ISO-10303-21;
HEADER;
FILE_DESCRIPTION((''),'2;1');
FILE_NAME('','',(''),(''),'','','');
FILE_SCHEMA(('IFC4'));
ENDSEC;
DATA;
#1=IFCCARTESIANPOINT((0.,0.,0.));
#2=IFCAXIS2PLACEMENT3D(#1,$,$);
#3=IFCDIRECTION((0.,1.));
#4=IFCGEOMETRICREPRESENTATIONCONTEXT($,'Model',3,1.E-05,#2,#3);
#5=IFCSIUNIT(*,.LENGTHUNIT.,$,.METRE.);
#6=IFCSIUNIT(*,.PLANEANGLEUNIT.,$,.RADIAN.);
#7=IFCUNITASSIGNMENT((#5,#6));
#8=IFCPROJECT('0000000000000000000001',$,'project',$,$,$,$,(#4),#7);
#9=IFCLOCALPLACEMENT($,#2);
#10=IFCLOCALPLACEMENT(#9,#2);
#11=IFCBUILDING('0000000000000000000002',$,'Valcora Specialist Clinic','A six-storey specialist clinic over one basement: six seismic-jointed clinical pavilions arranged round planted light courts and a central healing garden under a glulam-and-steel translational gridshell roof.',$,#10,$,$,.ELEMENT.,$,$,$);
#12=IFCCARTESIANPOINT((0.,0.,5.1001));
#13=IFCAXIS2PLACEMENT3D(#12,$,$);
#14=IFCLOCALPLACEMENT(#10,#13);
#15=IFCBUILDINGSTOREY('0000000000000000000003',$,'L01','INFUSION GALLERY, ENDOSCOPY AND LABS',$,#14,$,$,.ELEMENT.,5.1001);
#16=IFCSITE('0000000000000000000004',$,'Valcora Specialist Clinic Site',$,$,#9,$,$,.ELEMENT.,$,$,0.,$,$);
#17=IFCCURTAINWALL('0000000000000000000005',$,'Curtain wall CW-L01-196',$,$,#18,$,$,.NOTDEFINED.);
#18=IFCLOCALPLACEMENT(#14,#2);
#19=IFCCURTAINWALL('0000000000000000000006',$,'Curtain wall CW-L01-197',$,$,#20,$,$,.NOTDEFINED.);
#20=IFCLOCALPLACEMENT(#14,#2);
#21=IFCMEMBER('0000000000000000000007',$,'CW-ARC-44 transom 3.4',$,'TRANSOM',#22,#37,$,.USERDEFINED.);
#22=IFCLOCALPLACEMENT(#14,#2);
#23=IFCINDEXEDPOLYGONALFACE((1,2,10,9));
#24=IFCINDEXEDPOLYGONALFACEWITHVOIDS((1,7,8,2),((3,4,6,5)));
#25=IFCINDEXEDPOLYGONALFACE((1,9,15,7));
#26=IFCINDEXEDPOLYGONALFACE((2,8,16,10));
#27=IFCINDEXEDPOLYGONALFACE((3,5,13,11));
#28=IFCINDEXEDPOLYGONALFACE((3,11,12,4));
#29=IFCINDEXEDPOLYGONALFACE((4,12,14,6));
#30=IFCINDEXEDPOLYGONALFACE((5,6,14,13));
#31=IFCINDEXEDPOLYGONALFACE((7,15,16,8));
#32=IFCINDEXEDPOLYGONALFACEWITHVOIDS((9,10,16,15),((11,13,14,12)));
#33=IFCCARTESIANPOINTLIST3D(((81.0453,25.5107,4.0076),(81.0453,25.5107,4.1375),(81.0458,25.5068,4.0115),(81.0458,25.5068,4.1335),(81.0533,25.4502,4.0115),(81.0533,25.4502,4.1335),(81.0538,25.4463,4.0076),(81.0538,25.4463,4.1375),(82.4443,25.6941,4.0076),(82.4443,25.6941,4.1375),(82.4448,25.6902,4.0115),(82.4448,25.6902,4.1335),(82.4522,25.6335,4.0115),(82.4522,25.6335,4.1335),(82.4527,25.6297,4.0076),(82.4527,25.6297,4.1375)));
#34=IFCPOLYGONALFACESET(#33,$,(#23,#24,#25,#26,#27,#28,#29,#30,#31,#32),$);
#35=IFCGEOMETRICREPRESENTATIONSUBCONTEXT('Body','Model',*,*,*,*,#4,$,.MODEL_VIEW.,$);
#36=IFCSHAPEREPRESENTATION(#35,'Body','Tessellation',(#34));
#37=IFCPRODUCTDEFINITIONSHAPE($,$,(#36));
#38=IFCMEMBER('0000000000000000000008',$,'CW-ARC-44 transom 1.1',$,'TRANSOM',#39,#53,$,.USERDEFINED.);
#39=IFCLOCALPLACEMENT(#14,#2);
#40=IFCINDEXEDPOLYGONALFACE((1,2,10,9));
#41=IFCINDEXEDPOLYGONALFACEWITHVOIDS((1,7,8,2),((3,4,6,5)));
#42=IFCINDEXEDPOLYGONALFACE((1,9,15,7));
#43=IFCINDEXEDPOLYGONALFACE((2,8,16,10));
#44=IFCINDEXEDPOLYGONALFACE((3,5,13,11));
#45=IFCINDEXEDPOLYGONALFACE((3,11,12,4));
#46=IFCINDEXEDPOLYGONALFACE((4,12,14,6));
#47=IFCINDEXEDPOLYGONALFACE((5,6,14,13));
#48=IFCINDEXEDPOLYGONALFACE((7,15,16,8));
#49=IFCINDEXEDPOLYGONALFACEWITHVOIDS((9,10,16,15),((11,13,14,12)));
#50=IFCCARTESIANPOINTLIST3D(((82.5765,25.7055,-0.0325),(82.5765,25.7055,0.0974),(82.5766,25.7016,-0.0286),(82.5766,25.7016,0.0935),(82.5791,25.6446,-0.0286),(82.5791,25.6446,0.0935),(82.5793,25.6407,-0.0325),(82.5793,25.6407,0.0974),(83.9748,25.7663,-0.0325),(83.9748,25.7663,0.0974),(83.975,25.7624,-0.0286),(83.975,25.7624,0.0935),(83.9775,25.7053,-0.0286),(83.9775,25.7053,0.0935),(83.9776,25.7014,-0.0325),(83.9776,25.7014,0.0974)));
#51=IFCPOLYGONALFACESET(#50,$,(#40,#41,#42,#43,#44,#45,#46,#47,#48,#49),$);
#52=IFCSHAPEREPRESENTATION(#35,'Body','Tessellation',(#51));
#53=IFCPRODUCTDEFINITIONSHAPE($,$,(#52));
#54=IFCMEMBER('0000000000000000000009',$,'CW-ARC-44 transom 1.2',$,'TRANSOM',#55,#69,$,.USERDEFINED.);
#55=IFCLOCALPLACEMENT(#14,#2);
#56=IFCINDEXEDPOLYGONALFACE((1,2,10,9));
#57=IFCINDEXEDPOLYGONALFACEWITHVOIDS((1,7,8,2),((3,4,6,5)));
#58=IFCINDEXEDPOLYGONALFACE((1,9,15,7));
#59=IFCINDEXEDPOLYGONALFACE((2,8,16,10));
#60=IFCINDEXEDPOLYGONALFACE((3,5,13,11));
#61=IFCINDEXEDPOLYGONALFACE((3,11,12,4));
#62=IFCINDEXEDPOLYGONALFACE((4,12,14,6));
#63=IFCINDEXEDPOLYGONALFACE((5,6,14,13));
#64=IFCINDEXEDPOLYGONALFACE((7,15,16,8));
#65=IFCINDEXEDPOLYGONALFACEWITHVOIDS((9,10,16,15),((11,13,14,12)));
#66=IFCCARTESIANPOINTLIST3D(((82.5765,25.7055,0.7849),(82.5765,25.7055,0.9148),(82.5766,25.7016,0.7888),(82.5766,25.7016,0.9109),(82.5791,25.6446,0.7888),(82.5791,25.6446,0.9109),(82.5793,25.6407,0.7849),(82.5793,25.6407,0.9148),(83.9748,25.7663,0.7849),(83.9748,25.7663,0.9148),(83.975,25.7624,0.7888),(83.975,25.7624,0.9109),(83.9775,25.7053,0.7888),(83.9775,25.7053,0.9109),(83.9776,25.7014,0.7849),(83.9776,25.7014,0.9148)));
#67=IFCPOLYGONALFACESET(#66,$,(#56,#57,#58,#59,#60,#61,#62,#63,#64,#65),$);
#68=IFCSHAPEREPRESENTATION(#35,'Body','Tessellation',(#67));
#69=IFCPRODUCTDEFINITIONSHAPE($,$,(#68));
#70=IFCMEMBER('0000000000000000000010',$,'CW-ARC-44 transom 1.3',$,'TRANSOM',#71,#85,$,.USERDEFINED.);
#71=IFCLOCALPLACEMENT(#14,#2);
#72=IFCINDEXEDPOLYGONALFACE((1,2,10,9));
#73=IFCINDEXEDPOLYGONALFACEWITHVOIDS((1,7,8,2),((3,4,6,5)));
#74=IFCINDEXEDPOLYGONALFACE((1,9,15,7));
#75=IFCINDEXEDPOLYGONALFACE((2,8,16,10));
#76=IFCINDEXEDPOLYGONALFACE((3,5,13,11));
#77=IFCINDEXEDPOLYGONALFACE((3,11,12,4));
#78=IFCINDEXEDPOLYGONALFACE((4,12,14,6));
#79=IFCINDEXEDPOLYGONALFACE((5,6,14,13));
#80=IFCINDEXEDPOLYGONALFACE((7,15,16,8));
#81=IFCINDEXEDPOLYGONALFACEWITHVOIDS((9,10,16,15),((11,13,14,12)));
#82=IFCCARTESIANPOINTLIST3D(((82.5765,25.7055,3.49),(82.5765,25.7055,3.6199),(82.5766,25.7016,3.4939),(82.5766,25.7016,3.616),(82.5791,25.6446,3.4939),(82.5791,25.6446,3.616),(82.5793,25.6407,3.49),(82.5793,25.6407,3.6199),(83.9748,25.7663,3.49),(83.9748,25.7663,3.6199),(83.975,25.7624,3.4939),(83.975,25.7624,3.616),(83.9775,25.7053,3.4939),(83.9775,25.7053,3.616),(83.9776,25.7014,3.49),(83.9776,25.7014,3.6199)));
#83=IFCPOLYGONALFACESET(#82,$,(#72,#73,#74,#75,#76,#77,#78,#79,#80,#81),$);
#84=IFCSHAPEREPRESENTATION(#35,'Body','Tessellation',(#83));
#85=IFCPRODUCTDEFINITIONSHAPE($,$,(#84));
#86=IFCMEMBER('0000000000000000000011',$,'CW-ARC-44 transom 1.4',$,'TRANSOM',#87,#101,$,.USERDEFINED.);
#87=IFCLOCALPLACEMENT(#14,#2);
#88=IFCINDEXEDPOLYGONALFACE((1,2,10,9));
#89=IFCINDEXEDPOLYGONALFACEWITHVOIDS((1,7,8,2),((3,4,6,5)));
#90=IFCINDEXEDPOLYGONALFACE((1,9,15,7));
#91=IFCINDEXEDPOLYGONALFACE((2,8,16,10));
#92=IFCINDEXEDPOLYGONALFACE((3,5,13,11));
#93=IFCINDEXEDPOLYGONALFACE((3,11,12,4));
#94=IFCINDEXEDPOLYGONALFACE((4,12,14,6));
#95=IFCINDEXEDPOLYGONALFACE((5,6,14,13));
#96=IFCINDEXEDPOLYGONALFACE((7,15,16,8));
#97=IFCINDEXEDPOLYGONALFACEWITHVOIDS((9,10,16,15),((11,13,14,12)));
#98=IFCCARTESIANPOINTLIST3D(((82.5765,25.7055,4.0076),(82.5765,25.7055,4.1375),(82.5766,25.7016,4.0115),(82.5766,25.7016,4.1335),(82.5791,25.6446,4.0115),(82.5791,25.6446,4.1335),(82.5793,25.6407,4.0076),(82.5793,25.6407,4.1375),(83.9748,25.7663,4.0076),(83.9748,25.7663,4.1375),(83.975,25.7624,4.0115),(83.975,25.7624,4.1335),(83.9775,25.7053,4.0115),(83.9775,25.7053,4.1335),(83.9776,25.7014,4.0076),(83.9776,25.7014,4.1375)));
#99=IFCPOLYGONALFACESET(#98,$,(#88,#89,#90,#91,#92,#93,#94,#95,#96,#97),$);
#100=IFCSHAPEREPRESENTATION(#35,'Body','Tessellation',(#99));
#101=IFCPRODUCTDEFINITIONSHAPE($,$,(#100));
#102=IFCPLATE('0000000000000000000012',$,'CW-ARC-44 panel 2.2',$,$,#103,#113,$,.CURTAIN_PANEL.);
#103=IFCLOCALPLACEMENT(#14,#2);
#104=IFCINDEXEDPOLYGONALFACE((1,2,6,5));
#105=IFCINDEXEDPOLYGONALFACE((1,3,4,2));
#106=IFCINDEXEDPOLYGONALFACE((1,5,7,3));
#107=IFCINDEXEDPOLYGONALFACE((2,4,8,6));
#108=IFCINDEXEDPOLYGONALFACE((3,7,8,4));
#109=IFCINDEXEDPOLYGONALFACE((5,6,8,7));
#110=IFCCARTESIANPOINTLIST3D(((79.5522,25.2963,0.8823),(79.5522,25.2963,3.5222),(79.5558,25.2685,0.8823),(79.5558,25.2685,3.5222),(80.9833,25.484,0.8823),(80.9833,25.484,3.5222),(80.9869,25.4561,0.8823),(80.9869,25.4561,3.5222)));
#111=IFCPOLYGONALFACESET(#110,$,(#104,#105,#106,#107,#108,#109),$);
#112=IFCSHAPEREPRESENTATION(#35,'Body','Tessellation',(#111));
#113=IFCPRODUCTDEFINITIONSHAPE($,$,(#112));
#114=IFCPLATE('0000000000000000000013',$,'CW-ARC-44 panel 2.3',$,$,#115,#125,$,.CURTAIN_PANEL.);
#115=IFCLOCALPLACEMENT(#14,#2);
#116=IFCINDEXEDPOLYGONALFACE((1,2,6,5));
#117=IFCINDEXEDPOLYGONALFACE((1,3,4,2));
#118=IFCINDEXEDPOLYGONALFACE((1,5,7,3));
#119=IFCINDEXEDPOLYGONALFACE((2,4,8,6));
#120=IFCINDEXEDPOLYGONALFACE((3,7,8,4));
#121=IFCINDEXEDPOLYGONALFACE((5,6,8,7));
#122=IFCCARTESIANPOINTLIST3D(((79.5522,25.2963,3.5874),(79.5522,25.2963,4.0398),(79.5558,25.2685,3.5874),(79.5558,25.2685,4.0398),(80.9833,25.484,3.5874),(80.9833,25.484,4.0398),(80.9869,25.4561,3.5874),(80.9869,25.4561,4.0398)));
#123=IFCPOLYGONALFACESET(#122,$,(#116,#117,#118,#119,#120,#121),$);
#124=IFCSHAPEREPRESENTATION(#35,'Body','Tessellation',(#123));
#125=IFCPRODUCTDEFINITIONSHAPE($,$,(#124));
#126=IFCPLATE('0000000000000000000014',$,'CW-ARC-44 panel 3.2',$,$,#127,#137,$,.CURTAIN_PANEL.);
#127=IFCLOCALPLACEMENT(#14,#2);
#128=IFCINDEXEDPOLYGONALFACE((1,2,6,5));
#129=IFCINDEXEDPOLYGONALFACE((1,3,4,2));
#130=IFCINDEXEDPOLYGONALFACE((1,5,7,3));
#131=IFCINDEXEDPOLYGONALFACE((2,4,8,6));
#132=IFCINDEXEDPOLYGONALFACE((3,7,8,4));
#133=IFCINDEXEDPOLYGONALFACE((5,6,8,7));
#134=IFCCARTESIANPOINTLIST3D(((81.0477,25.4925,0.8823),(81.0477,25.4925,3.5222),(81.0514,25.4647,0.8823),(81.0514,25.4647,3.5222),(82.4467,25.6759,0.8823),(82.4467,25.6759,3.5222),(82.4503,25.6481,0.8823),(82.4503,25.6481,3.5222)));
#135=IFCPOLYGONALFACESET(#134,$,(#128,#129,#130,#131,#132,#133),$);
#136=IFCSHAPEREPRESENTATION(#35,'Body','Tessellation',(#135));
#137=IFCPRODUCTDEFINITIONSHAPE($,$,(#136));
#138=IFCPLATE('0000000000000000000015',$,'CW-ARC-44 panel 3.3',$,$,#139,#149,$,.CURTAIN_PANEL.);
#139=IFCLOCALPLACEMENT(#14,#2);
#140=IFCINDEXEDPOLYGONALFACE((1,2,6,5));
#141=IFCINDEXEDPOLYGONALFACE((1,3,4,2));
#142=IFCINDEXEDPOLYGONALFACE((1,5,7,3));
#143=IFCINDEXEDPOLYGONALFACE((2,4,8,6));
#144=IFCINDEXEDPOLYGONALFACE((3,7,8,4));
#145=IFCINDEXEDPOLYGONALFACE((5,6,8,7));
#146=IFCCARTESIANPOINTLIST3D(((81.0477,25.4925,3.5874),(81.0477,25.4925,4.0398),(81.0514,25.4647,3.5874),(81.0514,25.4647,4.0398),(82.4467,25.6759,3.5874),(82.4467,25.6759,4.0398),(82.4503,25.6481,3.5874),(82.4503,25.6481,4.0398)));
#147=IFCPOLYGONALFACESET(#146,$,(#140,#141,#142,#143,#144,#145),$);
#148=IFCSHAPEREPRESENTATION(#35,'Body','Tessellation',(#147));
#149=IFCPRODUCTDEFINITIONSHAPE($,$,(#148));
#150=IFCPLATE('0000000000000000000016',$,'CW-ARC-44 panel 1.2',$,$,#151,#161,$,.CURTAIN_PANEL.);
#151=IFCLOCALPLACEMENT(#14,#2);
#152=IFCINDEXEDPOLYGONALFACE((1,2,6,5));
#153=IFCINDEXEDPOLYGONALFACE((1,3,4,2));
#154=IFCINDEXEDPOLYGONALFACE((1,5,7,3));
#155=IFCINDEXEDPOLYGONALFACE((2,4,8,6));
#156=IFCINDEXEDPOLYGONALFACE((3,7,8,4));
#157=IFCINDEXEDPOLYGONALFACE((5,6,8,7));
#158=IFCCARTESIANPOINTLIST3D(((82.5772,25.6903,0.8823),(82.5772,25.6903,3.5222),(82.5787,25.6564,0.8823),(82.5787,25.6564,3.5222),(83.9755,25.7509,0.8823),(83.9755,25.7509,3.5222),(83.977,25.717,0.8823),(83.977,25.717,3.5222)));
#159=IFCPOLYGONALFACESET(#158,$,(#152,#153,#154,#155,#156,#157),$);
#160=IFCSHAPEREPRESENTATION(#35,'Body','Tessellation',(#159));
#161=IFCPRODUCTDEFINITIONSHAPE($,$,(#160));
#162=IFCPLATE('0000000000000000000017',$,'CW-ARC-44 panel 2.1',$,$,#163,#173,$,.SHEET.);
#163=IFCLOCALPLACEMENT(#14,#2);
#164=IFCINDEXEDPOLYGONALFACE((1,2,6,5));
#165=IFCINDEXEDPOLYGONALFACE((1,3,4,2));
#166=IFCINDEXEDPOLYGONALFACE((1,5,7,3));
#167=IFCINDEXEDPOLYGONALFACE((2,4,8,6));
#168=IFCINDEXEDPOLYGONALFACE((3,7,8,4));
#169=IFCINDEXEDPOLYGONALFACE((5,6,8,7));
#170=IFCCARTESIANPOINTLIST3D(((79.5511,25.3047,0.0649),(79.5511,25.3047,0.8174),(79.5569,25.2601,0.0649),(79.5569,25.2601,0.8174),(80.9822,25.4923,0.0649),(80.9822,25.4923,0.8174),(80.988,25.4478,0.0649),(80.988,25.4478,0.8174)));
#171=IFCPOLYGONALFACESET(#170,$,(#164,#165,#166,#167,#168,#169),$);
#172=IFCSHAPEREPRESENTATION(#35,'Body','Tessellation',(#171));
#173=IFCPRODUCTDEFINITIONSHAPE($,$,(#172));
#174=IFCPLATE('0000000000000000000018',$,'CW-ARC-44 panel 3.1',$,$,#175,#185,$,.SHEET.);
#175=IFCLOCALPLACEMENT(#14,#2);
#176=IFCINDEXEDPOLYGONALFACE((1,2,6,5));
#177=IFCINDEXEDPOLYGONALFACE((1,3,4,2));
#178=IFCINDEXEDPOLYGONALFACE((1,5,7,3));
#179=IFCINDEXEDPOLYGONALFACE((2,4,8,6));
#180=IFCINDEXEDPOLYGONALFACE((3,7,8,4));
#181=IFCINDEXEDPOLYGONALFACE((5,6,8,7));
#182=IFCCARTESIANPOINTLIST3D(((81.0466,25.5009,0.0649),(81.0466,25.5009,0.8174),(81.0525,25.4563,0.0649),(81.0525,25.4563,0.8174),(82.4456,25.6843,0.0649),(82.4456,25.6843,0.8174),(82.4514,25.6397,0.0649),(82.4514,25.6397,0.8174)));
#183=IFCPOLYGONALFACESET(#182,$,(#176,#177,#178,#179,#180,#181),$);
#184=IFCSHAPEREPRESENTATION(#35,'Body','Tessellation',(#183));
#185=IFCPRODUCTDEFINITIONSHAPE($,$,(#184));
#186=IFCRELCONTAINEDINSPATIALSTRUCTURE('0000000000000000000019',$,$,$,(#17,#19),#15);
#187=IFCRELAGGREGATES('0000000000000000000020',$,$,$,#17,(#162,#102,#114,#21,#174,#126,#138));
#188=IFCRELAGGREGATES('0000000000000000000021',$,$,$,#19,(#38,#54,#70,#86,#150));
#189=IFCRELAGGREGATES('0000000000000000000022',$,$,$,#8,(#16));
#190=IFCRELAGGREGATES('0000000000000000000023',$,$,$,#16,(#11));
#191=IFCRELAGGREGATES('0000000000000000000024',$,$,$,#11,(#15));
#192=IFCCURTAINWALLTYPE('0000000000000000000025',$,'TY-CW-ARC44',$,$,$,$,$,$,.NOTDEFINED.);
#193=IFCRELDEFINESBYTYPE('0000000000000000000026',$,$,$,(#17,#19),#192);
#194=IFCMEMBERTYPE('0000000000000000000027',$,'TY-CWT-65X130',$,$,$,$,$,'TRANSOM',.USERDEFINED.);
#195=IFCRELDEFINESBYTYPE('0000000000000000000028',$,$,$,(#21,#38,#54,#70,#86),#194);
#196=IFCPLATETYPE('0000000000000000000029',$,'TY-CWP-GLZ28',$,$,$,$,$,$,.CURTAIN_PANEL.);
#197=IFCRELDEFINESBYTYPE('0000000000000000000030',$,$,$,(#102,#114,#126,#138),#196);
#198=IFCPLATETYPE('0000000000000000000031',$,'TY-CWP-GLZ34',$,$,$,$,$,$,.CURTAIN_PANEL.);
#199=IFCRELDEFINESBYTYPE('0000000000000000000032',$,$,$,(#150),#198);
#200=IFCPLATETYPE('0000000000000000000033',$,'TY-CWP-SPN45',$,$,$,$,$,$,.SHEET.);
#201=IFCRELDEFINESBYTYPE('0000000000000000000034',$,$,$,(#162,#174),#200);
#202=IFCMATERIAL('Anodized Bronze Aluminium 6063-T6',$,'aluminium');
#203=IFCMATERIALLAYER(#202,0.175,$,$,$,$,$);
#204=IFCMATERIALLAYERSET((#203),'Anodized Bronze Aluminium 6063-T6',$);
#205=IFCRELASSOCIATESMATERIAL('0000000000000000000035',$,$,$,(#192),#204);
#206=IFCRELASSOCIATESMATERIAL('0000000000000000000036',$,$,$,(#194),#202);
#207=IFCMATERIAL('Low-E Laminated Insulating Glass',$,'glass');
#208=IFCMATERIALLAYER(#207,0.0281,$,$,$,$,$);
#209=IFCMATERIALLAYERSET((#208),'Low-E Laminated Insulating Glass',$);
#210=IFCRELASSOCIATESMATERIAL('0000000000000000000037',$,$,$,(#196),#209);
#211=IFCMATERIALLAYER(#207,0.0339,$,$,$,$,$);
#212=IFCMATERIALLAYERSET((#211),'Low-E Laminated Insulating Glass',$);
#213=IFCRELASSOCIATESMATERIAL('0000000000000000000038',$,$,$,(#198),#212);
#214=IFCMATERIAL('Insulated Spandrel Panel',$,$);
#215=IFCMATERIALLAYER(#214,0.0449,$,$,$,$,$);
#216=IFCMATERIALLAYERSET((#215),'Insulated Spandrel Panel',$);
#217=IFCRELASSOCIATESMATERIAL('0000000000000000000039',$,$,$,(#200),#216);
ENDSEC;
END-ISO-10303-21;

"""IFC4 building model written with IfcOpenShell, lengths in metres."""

from ifc_helpers import new_model, si_unit, direction, frame, origin, origin_2d, place, context, subcontext, project, spatial, rectangle, hollow_rectangle, extrude, material, layer, layer_set, material_profile, profile_set, type_object, element, aggregate, save


model = new_model("IFC4")

# Units and contexts
model_context = context("Model", 3, precision=1e-05, world=origin(), true_north=direction((0.0, 1.0)))
body_context = subcontext(model_context, "Body", "Model", "MODEL_VIEW")
ifc_project = project(units=[si_unit("LENGTHUNIT", "METRE"), si_unit("PLANEANGLEUNIT", "RADIAN")], contexts=[model_context])

# Site, building, storey
site_placement = place(None, origin())
site = spatial("IfcSite", under=ifc_project, at=site_placement, Name="Valcora Specialist Clinic Site", CompositionType="ELEMENT", RefElevation=0.0)
building_placement = place(site_placement, origin())
building = spatial("IfcBuilding", under=site, at=building_placement, Name="Valcora Specialist Clinic", Description="A six-storey specialist clinic over one basement: six seismic-jointed clinical pavilions arranged round planted light courts and a central healing garden under a glulam-and-steel translational gridshell roof.", CompositionType="ELEMENT")
storey_placement = place(building_placement, frame((0.0, 0.0, 5.1001)))
storey = spatial("IfcBuildingStorey", under=building, at=storey_placement, Name="L01", Description="INFUSION GALLERY, ENDOSCOPY AND LABS", CompositionType="ELEMENT", Elevation=5.1001)

# Curtain wall
ifc_material_1 = material(Name="Anodized Bronze Aluminium 6063-T6", Category="aluminium")
ifc_layer_1 = layer(ifc_material_1, 0.175)
ifc_layer_set_1 = layer_set([ifc_layer_1], Name="Anodized Bronze Aluminium 6063-T6")
curtain_wall_type = type_object("IfcCurtainWallType", Name="TY-CW-ARC44", PredefinedType="NOTDEFINED", material=ifc_layer_set_1)
curtain_wall_1_placement = place(storey_placement, origin())
curtain_wall_1 = element("IfcCurtainWall", 1, at=curtain_wall_1_placement, inside=storey, type_object=curtain_wall_type, Name="Curtain wall CW-L01-196", PredefinedType="NOTDEFINED")

# Curtain wall
curtain_wall_2_placement = place(storey_placement, origin())
curtain_wall_2 = element("IfcCurtainWall", 2, at=curtain_wall_2_placement, inside=storey, type_object=curtain_wall_type, Name="Curtain wall CW-L01-197", PredefinedType="NOTDEFINED")

# Members
ifc_material_profile_1 = material_profile(ifc_material_1, hollow_rectangle(XDim=0.0649, YDim=0.1299, WallThickness=0.0039, at=origin_2d()), Name="AL-TRN-65X130")
ifc_profile_set_1 = profile_set([ifc_material_profile_1], Name="Anodized Bronze Aluminium 6063-T6")
member_type_1 = type_object("IfcMemberType", Name="TY-CWT-65X130", ElementType="TRANSOM", PredefinedType="USERDEFINED", material=ifc_profile_set_1)
member_1_placement = place(storey_placement, frame((81.0496, 25.4785, 4.0725), z_axis=(0.99152, 0.129953, 0.0), x_axis=(-0.129953, 0.99152, 0.0)))
member_1 = element("IfcMember", 3, at=member_1_placement, type_object=member_type_1, Name="CW-ARC-44 transom 3.4", ObjectType="TRANSOM", PredefinedType="USERDEFINED", context=body_context, shape_type="SweptSolid", body=[
    extrude(hollow_rectangle(XDim=0.0649, YDim=0.1299, WallThickness=0.0039, at=origin_2d()), origin(), (0.0, 0.0, 1.0), 1.4109),
])
member_2_placement = place(storey_placement, frame((82.5779, 25.6731, 0.0325), z_axis=(0.999056, 0.04343, 0.0), x_axis=(-0.04343, 0.999056, 0.0)))
member_2 = element("IfcMember", 4, at=member_2_placement, type_object=member_type_1, Name="CW-ARC-44 transom 1.1", ObjectType="TRANSOM", PredefinedType="USERDEFINED", context=body_context, shape_type="SweptSolid", body=[
    extrude(hollow_rectangle(XDim=0.0649, YDim=0.1299, WallThickness=0.0039, at=origin_2d()), origin(), (0.0, 0.0, 1.0), 1.3997),
])
member_3_placement = place(storey_placement, frame((82.5779, 25.6731, 0.8499), z_axis=(0.999056, 0.04343, 0.0), x_axis=(-0.04343, 0.999056, 0.0)))
member_3 = element("IfcMember", 5, at=member_3_placement, type_object=member_type_1, Name="CW-ARC-44 transom 1.2", ObjectType="TRANSOM", PredefinedType="USERDEFINED", context=body_context, shape_type="SweptSolid", body=[
    extrude(hollow_rectangle(XDim=0.0649, YDim=0.1299, WallThickness=0.0039, at=origin_2d()), origin(), (0.0, 0.0, 1.0), 1.3997),
])
member_4_placement = place(storey_placement, frame((82.5779, 25.6731, 3.5549), z_axis=(0.999056, 0.04343, 0.0), x_axis=(-0.04343, 0.999056, 0.0)))
member_4 = element("IfcMember", 6, at=member_4_placement, type_object=member_type_1, Name="CW-ARC-44 transom 1.3", ObjectType="TRANSOM", PredefinedType="USERDEFINED", context=body_context, shape_type="SweptSolid", body=[
    extrude(hollow_rectangle(XDim=0.0649, YDim=0.1299, WallThickness=0.0039, at=origin_2d()), origin(), (0.0, 0.0, 1.0), 1.3997),
])
member_5_placement = place(storey_placement, frame((82.5779, 25.6731, 4.0725), z_axis=(0.999056, 0.04343, 0.0), x_axis=(-0.04343, 0.999056, 0.0)))
member_5 = element("IfcMember", 7, at=member_5_placement, type_object=member_type_1, Name="CW-ARC-44 transom 1.4", ObjectType="TRANSOM", PredefinedType="USERDEFINED", context=body_context, shape_type="SweptSolid", body=[
    extrude(hollow_rectangle(XDim=0.0649, YDim=0.1299, WallThickness=0.0039, at=origin_2d()), origin(), (0.0, 0.0, 1.0), 1.3997),
])

# Plates
ifc_material_2 = material(Name="Low-E Laminated Insulating Glass", Category="glass")
ifc_layer_2 = layer(ifc_material_2, 0.0281)
ifc_layer_set_2 = layer_set([ifc_layer_2], Name="Low-E Laminated Insulating Glass")
plate_type_1 = type_object("IfcPlateType", Name="TY-CWP-GLZ28", PredefinedType="CURTAIN_PANEL", material=ifc_layer_set_2)
plate_1_placement = place(storey_placement, frame((80.2695, 25.3762, 0.8823), z_axis=(0.0, 0.0, 1.0), x_axis=(0.991514, 0.129999, 0.0)))
plate_1 = element("IfcPlate", 8, at=plate_1_placement, type_object=plate_type_1, Name="CW-ARC-44 panel 2.2", PredefinedType="CURTAIN_PANEL", context=body_context, shape_type="SweptSolid", body=[
    extrude(rectangle(XDim=1.4434, YDim=0.0281, at=origin_2d()), origin(), (0.0, 0.0, 1.0), 2.6399),
])
plate_2_placement = place(storey_placement, frame((80.2695, 25.3762, 3.5874), z_axis=(0.0, 0.0, 1.0), x_axis=(0.991514, 0.129999, 0.0)))
plate_2 = element("IfcPlate", 9, at=plate_2_placement, type_object=plate_type_1, Name="CW-ARC-44 panel 2.3", PredefinedType="CURTAIN_PANEL", context=body_context, shape_type="SweptSolid", body=[
    extrude(rectangle(XDim=1.4434, YDim=0.0281, at=origin_2d()), origin(), (0.0, 0.0, 1.0), 0.4524),
])
plate_3_placement = place(storey_placement, frame((81.749, 25.5703, 0.8823), z_axis=(0.0, 0.0, 1.0), x_axis=(0.991514, 0.129999, 0.0)))
plate_3 = element("IfcPlate", 10, at=plate_3_placement, type_object=plate_type_1, Name="CW-ARC-44 panel 3.2", PredefinedType="CURTAIN_PANEL", context=body_context, shape_type="SweptSolid", body=[
    extrude(rectangle(XDim=1.4109, YDim=0.0281, at=origin_2d()), origin(), (0.0, 0.0, 1.0), 2.6399),
])
plate_4_placement = place(storey_placement, frame((81.749, 25.5703, 3.5874), z_axis=(0.0, 0.0, 1.0), x_axis=(0.991514, 0.129999, 0.0)))
plate_4 = element("IfcPlate", 11, at=plate_4_placement, type_object=plate_type_1, Name="CW-ARC-44 panel 3.3", PredefinedType="CURTAIN_PANEL", context=body_context, shape_type="SweptSolid", body=[
    extrude(rectangle(XDim=1.4109, YDim=0.0281, at=origin_2d()), origin(), (0.0, 0.0, 1.0), 0.4524),
])
ifc_layer_3 = layer(ifc_material_2, 0.0339)
ifc_layer_set_3 = layer_set([ifc_layer_3], Name="Low-E Laminated Insulating Glass")
plate_type_2 = type_object("IfcPlateType", Name="TY-CWP-GLZ34", PredefinedType="CURTAIN_PANEL", material=ifc_layer_set_3)
plate_5_placement = place(storey_placement, frame((83.2771, 25.7036, 0.8823), z_axis=(0.0, 0.0, 1.0), x_axis=(0.999062, 0.043307, 0.0)))
plate_5 = element("IfcPlate", 12, at=plate_5_placement, type_object=plate_type_2, Name="CW-ARC-44 panel 1.2", PredefinedType="CURTAIN_PANEL", context=body_context, shape_type="SweptSolid", body=[
    extrude(rectangle(XDim=1.3997, YDim=0.0339, at=origin_2d()), origin(), (0.0, 0.0, 1.0), 2.6399),
])
ifc_material_3 = material(Name="Insulated Spandrel Panel")
ifc_layer_4 = layer(ifc_material_3, 0.0449)
ifc_layer_set_4 = layer_set([ifc_layer_4], Name="Insulated Spandrel Panel")
plate_type_3 = type_object("IfcPlateType", Name="TY-CWP-SPN45", PredefinedType="SHEET", material=ifc_layer_set_4)
plate_6_placement = place(storey_placement, frame((80.2695, 25.3762, 0.0649), z_axis=(0.0, 0.0, 1.0), x_axis=(0.991514, 0.129999, 0.0)))
plate_6 = element("IfcPlate", 13, at=plate_6_placement, type_object=plate_type_3, Name="CW-ARC-44 panel 2.1", PredefinedType="SHEET", context=body_context, shape_type="SweptSolid", body=[
    extrude(rectangle(XDim=1.4434, YDim=0.0449, at=origin_2d()), origin(), (0.0, 0.0, 1.0), 0.7524),
])
plate_7_placement = place(storey_placement, frame((81.749, 25.5703, 0.0649), z_axis=(0.0, 0.0, 1.0), x_axis=(0.991514, 0.129999, 0.0)))
plate_7 = element("IfcPlate", 14, at=plate_7_placement, type_object=plate_type_3, Name="CW-ARC-44 panel 3.1", PredefinedType="SHEET", context=body_context, shape_type="SweptSolid", body=[
    extrude(rectangle(XDim=1.4109, YDim=0.0449, at=origin_2d()), origin(), (0.0, 0.0, 1.0), 0.7524),
])
aggregate(curtain_wall_1, [plate_6, plate_1, plate_2, member_1, plate_7, plate_3, plate_4])
aggregate(curtain_wall_2, [member_2, member_3, member_4, member_5, plate_5])

save(model, "model.ifc")
